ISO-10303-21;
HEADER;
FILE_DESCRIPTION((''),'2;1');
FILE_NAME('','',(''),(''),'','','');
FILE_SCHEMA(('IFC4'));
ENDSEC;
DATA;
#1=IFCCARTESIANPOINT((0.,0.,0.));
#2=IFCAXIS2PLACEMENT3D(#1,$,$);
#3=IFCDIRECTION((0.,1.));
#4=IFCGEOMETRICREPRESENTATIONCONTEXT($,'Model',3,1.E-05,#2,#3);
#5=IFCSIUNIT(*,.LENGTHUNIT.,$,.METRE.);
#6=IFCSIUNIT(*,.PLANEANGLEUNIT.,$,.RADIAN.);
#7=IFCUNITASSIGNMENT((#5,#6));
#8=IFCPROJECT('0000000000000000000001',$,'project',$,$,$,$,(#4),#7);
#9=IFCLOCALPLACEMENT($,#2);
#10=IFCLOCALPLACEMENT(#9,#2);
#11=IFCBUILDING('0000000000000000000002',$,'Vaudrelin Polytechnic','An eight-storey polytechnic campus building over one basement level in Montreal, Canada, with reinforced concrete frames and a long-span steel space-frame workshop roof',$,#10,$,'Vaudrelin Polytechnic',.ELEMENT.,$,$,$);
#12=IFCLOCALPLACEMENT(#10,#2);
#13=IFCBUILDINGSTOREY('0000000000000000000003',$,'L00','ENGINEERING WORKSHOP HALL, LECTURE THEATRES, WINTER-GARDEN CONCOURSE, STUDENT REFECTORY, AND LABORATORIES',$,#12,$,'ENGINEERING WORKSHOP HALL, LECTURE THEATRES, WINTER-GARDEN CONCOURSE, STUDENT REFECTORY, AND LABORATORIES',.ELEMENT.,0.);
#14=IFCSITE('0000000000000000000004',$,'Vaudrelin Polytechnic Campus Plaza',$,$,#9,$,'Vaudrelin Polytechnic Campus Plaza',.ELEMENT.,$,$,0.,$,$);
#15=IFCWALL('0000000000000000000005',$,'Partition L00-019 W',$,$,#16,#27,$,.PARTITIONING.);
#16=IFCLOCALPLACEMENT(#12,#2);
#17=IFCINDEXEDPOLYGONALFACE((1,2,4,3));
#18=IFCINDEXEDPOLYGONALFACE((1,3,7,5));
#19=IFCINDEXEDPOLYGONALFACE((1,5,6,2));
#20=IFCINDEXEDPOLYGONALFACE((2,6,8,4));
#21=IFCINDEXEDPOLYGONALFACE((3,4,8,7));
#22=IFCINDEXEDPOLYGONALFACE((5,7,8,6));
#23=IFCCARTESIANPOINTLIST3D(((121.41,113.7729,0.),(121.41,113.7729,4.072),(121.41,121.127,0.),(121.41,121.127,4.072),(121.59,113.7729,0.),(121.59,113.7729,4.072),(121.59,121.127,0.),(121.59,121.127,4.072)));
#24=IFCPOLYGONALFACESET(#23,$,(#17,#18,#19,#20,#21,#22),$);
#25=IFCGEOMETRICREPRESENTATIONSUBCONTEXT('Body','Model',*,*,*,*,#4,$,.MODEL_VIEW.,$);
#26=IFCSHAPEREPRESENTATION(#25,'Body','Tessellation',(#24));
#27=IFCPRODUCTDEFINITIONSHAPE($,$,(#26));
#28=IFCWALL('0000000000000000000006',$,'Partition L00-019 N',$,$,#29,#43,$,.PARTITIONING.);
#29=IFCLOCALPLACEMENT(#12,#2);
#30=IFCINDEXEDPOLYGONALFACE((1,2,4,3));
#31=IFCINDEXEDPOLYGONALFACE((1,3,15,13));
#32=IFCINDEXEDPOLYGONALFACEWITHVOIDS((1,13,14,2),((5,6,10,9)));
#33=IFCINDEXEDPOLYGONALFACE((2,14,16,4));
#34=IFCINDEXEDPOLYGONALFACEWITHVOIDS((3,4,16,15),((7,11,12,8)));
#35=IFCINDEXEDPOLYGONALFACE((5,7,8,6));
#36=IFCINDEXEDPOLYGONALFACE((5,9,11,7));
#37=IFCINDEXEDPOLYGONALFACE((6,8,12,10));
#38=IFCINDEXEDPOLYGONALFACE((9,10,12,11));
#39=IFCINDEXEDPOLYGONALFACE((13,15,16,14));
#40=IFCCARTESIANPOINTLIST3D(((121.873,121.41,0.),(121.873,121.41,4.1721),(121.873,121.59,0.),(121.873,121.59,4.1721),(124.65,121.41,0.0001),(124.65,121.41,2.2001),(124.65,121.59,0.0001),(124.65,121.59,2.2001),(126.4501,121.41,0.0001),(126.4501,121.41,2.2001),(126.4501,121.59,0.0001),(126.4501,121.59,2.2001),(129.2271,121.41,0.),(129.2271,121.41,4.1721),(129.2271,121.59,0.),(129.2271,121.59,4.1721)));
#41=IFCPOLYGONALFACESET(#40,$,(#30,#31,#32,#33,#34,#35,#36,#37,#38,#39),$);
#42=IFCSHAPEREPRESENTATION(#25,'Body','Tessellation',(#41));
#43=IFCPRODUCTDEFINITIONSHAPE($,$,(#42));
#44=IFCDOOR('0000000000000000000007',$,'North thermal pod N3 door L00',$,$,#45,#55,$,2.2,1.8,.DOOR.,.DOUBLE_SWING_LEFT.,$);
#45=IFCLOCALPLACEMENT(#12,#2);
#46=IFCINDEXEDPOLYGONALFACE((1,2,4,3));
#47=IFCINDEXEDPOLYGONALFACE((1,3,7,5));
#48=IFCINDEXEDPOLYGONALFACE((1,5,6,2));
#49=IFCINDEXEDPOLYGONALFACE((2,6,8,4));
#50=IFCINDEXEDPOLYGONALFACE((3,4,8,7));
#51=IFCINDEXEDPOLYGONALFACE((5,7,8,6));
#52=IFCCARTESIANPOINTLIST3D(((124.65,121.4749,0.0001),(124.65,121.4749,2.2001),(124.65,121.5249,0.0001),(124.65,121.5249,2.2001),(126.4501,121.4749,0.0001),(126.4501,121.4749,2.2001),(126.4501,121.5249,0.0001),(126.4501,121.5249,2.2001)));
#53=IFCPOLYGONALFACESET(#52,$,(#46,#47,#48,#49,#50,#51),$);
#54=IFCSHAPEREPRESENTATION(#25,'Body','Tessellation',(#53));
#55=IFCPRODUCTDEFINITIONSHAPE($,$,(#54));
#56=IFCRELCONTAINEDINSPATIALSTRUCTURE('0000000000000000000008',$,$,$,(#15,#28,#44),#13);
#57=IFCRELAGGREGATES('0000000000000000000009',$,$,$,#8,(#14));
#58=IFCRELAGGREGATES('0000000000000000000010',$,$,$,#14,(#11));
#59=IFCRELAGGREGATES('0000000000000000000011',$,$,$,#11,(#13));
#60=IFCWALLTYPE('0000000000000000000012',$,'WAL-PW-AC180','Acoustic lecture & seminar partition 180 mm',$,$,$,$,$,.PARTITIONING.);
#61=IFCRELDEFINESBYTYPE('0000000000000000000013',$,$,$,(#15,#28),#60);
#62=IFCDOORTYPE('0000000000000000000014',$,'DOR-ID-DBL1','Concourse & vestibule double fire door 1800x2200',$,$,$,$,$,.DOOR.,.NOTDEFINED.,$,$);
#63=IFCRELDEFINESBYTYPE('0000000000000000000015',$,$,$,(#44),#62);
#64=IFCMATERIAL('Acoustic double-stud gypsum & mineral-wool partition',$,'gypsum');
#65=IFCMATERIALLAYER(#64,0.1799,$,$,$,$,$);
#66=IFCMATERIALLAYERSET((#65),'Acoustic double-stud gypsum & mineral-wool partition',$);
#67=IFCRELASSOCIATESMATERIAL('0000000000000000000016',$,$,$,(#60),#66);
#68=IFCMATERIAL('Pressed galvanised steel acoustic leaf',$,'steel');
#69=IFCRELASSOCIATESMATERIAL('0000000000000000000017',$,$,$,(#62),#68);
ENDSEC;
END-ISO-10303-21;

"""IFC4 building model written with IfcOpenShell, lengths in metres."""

from ifc_helpers import new_model, si_unit, direction, frame, frame_2d, origin, place, context, subcontext, project, spatial, rectangle, extrude, material, layer, layer_set, type_object, element, fill, save


model = new_model("IFC4")

# Units and contexts
model_context = context("Model", 3, precision=1e-05, world=origin(), true_north=direction((0.0, 1.0)))
body_context = subcontext(model_context, "Body", "Model", "MODEL_VIEW")
ifc_project = project(units=[si_unit("LENGTHUNIT", "METRE"), si_unit("PLANEANGLEUNIT", "RADIAN")], contexts=[model_context])

# Site, building, storey
site_placement = place(None, origin())
site = spatial("IfcSite", under=ifc_project, at=site_placement, Name="Vaudrelin Polytechnic Campus Plaza", LongName="Vaudrelin Polytechnic Campus Plaza", CompositionType="ELEMENT", RefElevation=0.0)
building_placement = place(site_placement, origin())
building = spatial("IfcBuilding", under=site, at=building_placement, Name="Vaudrelin Polytechnic", Description="An eight-storey polytechnic campus building over one basement level in Montreal, Canada, with reinforced concrete frames and a long-span steel space-frame workshop roof", LongName="Vaudrelin Polytechnic", CompositionType="ELEMENT")
storey_placement = place(building_placement, origin())
storey = spatial("IfcBuildingStorey", under=building, at=storey_placement, Name="L00", Description="ENGINEERING WORKSHOP HALL, LECTURE THEATRES, WINTER-GARDEN CONCOURSE, STUDENT REFECTORY, AND LABORATORIES", LongName="ENGINEERING WORKSHOP HALL, LECTURE THEATRES, WINTER-GARDEN CONCOURSE, STUDENT REFECTORY, AND LABORATORIES", CompositionType="ELEMENT", Elevation=0.0)

# Wall
ifc_material_1 = material(Name="Acoustic double-stud gypsum & mineral-wool partition", Category="gypsum")
ifc_layer_1 = layer(ifc_material_1, 0.1799)
ifc_layer_set_1 = layer_set([ifc_layer_1], Name="Acoustic double-stud gypsum & mineral-wool partition")
wall_type = type_object("IfcWallType", Name="WAL-PW-AC180", Description="Acoustic lecture & seminar partition 180 mm", PredefinedType="PARTITIONING", material=ifc_layer_set_1)
wall_1_placement = place(storey_placement, frame((121.5, 113.7729, 0.0), z_axis=(0.0, 0.0, 1.0), x_axis=(0.0, 1.0, 0.0)))
element("IfcWall", 1, at=wall_1_placement, inside=storey, type_object=wall_type, Name="Partition L00-019 W", PredefinedType="PARTITIONING", context=body_context, shape_type="SweptSolid", body=[
    extrude(rectangle(XDim=7.354, YDim=0.1799, at=frame_2d((3.677, 0.0))), origin(), (0.0, 0.0, 1.0), 4.072),
])

# Wall, opening, door
wall_2_placement = place(storey_placement, frame((121.873, 121.5, 0.0), z_axis=(0.0, 0.0, 1.0), x_axis=(1.0, 0.0, 0.0)))
wall_2 = element("IfcWall", 2, at=wall_2_placement, inside=storey, type_object=wall_type, Name="Partition L00-019 N", PredefinedType="PARTITIONING", context=body_context, shape_type="SweptSolid", body=[
    extrude(rectangle(XDim=7.354, YDim=0.1799, at=frame_2d((3.677, 0.0))), origin(), (0.0, 0.0, 1.0), 4.1721),
])
opening_placement = place(wall_2_placement, frame((2.7771, 0.0, 0.0)))
opening = element("IfcOpeningElement", 3, at=opening_placement, cuts=wall_2, PredefinedType="OPENING", context=body_context, shape_type="SweptSolid", body=[
    extrude(rectangle(XDim=1.8, YDim=2.2, at=frame_2d((0.8999, 1.1001))), frame((0.0, 0.1001, 0.0), z_axis=(0.0, -1.0, 0.0), x_axis=(1.0, 0.0, 0.0)), (0.0, 0.0, 1.0), 0.2),
])
ifc_material_2 = material(Name="Pressed galvanised steel acoustic leaf", Category="steel")
door_type = type_object("IfcDoorType", Name="DOR-ID-DBL1", Description="Concourse & vestibule double fire door 1800x2200", OperationType="NOTDEFINED", PredefinedType="DOOR", material=ifc_material_2)
door_placement = place(opening_placement, origin())
door = element("IfcDoor", 4, at=door_placement, inside=storey, type_object=door_type, Name="North thermal pod N3 door L00", OperationType="DOUBLE_SWING_LEFT", OverallHeight=2.2, OverallWidth=1.8, PredefinedType="DOOR", context=body_context, shape_type="SweptSolid", body=[
    extrude(rectangle(XDim=1.8, YDim=2.2, at=frame_2d((0.8999, 1.1001))), frame((0.0, 0.0249, 0.0), z_axis=(0.0, -1.0, 0.0), x_axis=(1.0, 0.0, 0.0)), (0.0, 0.0, 1.0), 0.05),
])
fill(opening, door)

save(model, "model.ifc")
